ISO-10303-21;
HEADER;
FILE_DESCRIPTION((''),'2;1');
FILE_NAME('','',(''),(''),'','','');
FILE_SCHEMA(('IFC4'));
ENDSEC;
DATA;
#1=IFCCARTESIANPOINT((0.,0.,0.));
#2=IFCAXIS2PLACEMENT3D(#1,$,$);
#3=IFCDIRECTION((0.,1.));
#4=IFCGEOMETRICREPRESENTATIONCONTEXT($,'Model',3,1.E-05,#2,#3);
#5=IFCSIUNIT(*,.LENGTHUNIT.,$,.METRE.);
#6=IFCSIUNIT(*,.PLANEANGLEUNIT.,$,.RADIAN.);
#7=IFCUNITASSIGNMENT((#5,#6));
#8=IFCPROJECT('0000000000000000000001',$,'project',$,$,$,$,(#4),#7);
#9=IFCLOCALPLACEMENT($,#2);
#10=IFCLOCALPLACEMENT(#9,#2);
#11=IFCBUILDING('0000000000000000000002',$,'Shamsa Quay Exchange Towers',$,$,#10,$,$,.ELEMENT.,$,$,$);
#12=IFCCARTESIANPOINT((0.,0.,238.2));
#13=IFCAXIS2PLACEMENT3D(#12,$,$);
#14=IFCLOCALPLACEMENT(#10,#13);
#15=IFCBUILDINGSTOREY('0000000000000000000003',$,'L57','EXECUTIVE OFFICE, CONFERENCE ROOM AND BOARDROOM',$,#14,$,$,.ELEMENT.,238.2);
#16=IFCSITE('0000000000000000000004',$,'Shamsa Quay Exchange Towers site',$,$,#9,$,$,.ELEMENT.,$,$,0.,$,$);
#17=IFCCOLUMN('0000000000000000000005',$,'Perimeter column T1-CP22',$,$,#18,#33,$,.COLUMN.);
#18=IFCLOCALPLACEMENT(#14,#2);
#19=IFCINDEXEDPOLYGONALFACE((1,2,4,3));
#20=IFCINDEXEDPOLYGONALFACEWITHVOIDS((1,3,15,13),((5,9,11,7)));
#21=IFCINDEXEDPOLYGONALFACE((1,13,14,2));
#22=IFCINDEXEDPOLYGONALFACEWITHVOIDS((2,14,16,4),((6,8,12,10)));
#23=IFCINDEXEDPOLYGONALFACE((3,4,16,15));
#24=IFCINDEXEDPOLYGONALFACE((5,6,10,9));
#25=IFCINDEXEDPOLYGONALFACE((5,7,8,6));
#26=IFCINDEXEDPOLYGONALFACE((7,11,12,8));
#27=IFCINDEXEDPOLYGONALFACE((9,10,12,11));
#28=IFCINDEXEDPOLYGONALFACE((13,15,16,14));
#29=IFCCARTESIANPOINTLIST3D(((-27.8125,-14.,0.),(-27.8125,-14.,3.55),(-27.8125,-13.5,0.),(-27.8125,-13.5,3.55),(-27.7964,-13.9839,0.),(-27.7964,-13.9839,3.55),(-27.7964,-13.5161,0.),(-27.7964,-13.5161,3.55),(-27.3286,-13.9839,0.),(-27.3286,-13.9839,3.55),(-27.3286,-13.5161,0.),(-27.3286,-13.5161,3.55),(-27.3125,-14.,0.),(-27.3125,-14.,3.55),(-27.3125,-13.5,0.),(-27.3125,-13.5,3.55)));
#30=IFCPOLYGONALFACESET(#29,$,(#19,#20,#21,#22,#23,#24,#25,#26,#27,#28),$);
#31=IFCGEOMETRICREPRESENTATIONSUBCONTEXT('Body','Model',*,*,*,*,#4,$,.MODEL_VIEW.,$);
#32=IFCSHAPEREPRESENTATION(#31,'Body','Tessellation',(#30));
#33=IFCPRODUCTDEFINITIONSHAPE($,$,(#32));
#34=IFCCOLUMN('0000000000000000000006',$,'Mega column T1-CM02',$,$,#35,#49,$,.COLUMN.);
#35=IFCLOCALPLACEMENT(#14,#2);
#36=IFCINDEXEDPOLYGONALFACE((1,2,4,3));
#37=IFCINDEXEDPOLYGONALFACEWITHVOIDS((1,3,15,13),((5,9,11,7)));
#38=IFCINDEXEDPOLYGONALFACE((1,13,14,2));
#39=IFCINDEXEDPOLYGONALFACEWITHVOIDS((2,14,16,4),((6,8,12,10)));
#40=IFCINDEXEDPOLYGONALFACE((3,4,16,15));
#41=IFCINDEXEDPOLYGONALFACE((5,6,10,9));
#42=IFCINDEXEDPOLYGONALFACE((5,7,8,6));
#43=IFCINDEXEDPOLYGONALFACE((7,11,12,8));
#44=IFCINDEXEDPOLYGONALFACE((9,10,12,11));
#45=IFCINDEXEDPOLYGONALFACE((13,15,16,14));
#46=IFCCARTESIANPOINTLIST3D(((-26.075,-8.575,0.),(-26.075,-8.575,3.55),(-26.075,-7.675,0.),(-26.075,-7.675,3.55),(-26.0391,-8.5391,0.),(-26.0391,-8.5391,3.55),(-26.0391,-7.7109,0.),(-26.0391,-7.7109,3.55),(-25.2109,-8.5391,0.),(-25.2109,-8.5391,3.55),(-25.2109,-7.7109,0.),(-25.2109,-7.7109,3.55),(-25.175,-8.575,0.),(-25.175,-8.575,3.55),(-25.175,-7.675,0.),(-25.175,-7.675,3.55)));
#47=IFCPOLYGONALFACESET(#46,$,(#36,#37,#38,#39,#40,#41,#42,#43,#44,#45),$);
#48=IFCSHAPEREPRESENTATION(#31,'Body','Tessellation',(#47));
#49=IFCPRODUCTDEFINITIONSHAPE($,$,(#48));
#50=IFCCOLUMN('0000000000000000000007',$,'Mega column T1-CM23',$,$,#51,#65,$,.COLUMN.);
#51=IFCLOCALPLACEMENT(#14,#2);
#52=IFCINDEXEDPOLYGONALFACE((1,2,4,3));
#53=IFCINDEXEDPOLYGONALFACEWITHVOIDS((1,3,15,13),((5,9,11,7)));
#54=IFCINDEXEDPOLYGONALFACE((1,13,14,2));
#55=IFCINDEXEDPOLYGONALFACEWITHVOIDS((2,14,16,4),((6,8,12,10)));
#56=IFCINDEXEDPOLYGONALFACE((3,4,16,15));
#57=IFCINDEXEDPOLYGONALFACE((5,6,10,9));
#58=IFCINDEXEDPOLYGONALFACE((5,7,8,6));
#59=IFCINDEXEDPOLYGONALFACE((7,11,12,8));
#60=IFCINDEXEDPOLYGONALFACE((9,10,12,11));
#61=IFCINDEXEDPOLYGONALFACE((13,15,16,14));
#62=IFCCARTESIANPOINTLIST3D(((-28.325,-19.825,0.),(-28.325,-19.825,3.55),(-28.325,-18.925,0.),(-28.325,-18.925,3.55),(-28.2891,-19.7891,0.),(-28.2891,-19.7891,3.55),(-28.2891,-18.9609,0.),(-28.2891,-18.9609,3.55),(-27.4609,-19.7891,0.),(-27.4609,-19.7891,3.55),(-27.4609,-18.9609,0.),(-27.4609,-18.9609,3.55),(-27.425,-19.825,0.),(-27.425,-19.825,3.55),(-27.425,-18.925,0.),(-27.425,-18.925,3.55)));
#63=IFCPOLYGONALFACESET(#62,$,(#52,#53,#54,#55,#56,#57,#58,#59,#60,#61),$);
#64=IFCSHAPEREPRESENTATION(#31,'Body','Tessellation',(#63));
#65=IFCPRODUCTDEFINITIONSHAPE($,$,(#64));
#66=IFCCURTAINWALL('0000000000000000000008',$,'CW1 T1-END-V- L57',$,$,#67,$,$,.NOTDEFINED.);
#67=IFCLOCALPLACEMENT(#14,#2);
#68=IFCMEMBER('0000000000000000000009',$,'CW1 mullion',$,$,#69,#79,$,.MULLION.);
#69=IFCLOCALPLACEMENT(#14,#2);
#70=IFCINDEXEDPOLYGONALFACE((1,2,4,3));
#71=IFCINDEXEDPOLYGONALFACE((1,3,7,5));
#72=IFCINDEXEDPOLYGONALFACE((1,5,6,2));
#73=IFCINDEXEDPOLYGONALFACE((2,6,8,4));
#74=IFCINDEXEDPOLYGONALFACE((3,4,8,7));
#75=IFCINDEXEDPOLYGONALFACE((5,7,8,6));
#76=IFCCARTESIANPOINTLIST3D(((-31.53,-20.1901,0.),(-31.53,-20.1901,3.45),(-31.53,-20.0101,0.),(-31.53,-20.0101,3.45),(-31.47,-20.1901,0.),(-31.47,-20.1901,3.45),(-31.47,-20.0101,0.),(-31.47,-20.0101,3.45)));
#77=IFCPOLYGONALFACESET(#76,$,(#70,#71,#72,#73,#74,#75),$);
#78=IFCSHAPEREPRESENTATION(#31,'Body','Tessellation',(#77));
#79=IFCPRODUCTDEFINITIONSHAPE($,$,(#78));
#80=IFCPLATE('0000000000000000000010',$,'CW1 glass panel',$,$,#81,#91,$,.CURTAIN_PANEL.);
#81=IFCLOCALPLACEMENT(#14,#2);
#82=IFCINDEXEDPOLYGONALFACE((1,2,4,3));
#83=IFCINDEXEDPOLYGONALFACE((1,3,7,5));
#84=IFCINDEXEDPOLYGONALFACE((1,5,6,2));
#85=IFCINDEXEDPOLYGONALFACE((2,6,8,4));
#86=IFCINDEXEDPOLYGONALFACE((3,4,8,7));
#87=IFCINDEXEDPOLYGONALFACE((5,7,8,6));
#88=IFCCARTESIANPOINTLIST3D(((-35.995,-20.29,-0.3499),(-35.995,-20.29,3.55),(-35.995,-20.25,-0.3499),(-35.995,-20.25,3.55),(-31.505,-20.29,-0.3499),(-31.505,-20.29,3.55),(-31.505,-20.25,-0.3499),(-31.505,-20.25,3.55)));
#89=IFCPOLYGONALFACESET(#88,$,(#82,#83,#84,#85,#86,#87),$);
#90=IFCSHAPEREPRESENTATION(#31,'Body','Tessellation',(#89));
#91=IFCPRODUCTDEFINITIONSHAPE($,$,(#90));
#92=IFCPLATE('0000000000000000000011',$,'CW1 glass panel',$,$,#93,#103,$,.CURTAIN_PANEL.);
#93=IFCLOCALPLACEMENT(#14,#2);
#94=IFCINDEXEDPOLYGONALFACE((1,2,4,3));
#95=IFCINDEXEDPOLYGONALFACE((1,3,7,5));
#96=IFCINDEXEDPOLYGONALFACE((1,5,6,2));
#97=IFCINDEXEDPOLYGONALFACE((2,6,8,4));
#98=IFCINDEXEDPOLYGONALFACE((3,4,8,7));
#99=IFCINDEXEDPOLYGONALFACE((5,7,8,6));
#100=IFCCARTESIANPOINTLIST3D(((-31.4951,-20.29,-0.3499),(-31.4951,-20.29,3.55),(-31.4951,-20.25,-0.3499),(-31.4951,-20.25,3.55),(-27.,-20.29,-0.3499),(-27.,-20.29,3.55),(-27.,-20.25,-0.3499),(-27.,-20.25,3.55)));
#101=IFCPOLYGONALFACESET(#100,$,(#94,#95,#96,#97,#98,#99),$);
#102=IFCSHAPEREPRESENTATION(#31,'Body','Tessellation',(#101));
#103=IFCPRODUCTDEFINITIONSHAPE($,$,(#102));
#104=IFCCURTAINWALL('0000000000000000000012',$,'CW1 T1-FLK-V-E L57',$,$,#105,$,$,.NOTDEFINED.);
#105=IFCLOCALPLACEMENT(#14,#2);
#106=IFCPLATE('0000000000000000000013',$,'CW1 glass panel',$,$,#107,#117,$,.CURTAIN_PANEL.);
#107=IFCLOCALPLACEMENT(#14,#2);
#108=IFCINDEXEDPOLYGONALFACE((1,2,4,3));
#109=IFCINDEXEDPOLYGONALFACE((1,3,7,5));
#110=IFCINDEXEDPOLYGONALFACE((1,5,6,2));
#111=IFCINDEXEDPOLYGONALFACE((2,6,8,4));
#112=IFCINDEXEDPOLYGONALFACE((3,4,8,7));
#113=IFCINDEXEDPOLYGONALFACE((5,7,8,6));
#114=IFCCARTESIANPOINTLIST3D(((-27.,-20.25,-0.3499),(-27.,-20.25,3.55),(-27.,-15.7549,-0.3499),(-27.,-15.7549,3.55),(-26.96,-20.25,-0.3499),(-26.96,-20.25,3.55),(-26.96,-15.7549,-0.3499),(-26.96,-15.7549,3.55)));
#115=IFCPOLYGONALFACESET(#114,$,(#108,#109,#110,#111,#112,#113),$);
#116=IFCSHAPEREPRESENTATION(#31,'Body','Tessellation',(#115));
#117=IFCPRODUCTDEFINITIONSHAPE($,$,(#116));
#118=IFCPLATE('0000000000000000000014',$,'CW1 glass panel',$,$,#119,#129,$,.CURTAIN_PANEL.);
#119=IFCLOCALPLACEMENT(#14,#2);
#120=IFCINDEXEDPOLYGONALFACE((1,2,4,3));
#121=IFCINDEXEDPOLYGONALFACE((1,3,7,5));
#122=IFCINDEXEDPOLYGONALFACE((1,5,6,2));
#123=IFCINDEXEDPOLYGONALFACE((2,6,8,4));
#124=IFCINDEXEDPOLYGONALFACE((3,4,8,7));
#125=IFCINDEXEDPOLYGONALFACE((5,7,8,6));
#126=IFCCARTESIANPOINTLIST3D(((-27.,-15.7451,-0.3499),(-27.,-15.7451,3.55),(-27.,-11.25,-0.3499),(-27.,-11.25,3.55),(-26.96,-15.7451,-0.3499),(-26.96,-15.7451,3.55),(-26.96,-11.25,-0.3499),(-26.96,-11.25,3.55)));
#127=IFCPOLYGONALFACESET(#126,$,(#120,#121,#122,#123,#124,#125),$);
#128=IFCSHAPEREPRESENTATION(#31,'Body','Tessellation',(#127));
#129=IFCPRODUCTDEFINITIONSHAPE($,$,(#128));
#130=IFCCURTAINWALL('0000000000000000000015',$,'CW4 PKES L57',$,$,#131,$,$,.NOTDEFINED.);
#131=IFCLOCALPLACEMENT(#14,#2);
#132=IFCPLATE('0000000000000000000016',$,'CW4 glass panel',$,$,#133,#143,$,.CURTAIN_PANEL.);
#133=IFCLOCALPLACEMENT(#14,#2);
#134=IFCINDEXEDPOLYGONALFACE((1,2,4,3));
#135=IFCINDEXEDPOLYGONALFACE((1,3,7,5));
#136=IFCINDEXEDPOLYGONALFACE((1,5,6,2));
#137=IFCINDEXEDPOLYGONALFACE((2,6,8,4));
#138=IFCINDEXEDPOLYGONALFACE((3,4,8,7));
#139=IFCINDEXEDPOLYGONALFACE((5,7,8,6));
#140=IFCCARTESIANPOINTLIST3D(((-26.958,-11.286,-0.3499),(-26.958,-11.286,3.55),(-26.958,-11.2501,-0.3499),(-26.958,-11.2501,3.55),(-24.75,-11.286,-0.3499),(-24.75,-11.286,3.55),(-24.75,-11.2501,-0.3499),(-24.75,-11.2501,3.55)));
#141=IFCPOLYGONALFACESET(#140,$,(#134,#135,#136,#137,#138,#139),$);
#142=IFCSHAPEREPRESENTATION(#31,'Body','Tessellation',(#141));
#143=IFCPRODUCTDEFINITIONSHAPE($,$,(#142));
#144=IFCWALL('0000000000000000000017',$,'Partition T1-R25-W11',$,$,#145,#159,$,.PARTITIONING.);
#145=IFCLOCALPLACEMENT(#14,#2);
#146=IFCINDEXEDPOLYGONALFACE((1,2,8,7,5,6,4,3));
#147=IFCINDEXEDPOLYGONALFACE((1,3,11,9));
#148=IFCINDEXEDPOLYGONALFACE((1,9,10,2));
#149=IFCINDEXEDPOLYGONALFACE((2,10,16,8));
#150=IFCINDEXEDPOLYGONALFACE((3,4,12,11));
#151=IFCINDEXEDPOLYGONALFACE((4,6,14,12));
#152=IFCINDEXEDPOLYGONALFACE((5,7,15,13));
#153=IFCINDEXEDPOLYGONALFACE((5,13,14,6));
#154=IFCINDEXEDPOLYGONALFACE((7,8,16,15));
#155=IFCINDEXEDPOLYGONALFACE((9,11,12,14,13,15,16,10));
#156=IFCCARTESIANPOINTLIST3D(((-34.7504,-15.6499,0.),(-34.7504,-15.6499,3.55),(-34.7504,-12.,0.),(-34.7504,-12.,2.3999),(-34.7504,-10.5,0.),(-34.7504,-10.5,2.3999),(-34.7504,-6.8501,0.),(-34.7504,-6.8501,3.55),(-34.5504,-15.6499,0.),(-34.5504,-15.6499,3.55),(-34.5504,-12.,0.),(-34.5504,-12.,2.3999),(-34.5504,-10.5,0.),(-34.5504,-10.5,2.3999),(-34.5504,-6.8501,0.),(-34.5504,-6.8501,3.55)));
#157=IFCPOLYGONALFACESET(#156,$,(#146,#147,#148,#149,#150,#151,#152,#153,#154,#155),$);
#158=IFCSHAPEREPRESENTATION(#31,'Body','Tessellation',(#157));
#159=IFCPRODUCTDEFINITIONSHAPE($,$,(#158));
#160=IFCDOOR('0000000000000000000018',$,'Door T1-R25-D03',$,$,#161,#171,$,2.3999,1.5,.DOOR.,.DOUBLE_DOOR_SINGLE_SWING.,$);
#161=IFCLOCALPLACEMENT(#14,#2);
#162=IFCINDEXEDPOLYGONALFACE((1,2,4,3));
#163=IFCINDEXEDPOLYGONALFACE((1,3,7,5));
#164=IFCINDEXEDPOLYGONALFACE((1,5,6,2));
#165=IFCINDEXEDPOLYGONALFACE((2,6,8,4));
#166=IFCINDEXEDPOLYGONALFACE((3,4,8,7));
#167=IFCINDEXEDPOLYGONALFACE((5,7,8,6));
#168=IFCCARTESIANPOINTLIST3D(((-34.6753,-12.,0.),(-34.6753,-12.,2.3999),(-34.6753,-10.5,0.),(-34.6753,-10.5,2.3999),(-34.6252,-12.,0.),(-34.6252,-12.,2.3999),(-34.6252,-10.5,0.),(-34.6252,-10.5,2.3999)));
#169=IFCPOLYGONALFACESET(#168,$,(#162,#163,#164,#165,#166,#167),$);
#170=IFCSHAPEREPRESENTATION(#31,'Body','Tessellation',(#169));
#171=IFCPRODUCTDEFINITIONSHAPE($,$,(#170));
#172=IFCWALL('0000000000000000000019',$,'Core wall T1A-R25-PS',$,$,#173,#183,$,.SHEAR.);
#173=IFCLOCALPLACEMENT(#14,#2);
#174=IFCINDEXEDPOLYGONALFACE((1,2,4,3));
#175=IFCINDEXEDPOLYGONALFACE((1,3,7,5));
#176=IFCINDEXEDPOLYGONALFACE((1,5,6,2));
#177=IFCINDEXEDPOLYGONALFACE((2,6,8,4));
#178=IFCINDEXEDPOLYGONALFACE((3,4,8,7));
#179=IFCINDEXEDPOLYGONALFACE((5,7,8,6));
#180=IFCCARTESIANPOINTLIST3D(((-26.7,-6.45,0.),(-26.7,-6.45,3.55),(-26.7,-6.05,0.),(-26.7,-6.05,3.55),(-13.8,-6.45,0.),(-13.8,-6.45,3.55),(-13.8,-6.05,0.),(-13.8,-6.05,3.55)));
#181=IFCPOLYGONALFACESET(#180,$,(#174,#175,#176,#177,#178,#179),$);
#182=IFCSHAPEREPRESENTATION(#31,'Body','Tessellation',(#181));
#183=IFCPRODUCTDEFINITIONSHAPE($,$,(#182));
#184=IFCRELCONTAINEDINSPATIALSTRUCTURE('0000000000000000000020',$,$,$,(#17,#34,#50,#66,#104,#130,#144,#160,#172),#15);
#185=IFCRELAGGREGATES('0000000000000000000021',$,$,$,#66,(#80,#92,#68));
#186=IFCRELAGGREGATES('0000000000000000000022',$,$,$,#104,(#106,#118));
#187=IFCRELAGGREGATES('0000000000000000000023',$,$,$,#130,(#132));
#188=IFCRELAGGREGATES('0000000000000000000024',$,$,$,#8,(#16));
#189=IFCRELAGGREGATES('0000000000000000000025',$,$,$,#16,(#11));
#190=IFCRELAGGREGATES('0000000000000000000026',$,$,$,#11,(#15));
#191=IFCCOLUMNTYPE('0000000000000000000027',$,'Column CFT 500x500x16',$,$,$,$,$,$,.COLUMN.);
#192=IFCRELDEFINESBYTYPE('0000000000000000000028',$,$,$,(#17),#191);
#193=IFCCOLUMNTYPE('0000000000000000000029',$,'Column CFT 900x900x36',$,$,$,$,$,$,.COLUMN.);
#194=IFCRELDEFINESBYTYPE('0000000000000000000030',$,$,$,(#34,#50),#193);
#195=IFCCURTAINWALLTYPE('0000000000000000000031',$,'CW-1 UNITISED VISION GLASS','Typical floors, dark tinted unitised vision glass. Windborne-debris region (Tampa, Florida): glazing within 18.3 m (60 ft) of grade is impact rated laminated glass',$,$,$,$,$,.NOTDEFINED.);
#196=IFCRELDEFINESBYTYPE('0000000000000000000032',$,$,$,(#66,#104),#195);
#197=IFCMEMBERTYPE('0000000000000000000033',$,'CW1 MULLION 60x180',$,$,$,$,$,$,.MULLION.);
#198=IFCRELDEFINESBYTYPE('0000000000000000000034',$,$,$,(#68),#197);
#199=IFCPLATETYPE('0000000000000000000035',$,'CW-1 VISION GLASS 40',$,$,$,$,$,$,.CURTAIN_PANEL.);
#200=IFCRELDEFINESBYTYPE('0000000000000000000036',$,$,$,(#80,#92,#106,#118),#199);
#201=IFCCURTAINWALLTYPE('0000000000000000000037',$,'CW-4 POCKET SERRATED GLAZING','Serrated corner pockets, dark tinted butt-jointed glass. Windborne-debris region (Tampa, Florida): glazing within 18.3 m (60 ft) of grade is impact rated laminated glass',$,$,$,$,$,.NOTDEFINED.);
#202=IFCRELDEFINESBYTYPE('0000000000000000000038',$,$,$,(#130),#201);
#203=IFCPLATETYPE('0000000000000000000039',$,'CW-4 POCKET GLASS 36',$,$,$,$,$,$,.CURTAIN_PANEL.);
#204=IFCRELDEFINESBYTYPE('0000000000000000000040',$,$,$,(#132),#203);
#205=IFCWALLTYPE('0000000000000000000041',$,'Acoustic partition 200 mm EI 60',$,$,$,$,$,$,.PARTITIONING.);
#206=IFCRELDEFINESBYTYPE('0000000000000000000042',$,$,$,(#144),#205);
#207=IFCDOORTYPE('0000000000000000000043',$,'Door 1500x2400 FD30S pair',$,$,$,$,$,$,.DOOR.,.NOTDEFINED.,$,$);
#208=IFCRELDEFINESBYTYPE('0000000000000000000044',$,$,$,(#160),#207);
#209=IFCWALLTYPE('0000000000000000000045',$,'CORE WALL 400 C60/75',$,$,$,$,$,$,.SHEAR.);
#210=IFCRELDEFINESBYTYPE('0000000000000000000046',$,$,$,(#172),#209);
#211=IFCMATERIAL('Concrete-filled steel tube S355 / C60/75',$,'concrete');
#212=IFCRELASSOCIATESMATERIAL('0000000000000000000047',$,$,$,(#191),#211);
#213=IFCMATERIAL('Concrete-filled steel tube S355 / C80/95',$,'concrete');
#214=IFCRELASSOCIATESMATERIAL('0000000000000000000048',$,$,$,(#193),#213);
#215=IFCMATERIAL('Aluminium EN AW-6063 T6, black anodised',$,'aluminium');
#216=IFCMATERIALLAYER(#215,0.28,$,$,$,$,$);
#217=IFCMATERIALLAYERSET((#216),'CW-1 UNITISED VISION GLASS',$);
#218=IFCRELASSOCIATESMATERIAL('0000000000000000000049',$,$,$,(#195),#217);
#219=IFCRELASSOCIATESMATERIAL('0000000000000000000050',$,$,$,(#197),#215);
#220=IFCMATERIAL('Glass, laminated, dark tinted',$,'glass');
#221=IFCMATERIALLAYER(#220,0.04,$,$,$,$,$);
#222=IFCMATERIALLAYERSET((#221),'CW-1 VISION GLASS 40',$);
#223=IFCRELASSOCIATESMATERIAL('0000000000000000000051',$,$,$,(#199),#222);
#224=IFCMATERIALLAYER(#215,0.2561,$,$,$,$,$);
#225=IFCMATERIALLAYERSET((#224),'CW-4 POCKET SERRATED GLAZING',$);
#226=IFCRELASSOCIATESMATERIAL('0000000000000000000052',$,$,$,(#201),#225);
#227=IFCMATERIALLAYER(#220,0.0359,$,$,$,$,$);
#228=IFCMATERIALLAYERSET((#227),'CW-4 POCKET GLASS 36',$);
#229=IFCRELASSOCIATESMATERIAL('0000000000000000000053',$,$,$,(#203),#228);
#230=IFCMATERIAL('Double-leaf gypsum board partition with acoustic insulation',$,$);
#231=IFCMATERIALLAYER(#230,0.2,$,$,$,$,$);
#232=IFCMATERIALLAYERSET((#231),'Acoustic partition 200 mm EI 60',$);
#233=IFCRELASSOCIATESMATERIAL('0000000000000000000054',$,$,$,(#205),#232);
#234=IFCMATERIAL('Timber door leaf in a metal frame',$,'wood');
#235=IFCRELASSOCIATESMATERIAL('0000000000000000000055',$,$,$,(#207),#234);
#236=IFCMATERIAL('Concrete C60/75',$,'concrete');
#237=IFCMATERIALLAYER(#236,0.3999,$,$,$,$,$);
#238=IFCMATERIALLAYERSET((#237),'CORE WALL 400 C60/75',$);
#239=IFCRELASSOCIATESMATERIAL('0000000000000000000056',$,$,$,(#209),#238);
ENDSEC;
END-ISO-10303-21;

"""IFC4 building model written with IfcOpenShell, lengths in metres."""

from ifc_helpers import new_model, si_unit, direction, frame, frame_2d, origin, origin_2d, place, context, subcontext, project, spatial, rectangle, hollow_rectangle, extrude, material, layer, layer_set, material_profile, profile_set, type_object, element, fill, aggregate, save


model = new_model("IFC4")

# Units and contexts
model_context = context("Model", 3, precision=1e-05, world=origin(), true_north=direction((0.0, 1.0)))
body_context = subcontext(model_context, "Body", "Model", "MODEL_VIEW")
ifc_project = project(units=[si_unit("LENGTHUNIT", "METRE"), si_unit("PLANEANGLEUNIT", "RADIAN")], contexts=[model_context])

# Site, building, storey
site_placement = place(None, origin())
site = spatial("IfcSite", under=ifc_project, at=site_placement, Name="Shamsa Quay Exchange Towers site", CompositionType="ELEMENT", RefElevation=0.0)
building_placement = place(site_placement, origin())
building = spatial("IfcBuilding", under=site, at=building_placement, Name="Shamsa Quay Exchange Towers", CompositionType="ELEMENT")
storey_placement = place(building_placement, frame((0.0, 0.0, 238.2)))
storey = spatial("IfcBuildingStorey", under=building, at=storey_placement, Name="L57", Description="EXECUTIVE OFFICE, CONFERENCE ROOM AND BOARDROOM", CompositionType="ELEMENT", Elevation=238.2)

# Columns
ifc_material_1 = material(Name="Concrete-filled steel tube S355 / C60/75", Category="concrete")
ifc_material_profile_1 = material_profile(ifc_material_1, hollow_rectangle(XDim=0.5, YDim=0.5, WallThickness=0.0161, at=origin_2d()), Name="CFT 500x500x16")
ifc_profile_set_1 = profile_set([ifc_material_profile_1], Name="Concrete-filled steel tube S355 / C60/75")
column_type_1 = type_object("IfcColumnType", Name="Column CFT 500x500x16", PredefinedType="COLUMN", material=ifc_profile_set_1)
column_placement = place(storey_placement, frame((-27.5625, -13.75, 0.0)))
element("IfcColumn", 1, at=column_placement, inside=storey, type_object=column_type_1, Name="Perimeter column T1-CP22", PredefinedType="COLUMN", context=body_context, shape_type="SweptSolid", body=[
    extrude(hollow_rectangle(XDim=0.5, YDim=0.5, WallThickness=0.0161, at=origin_2d()), origin(), (0.0, 0.0, 1.0), 3.55),
])
ifc_material_2 = material(Name="Concrete-filled steel tube S355 / C80/95", Category="concrete")
ifc_material_profile_2 = material_profile(ifc_material_2, hollow_rectangle(XDim=0.8999, YDim=0.8999, WallThickness=0.0359, at=origin_2d()), Name="CFT 900x900x36")
ifc_profile_set_2 = profile_set([ifc_material_profile_2], Name="Concrete-filled steel tube S355 / C80/95")
column_type_2 = type_object("IfcColumnType", Name="Column CFT 900x900x36", PredefinedType="COLUMN", material=ifc_profile_set_2)
for number, where, name in (
    (2, (-25.625, -8.125, 0.0), "Mega column T1-CM02"),
    (3, (-27.875, -19.375, 0.0), "Mega column T1-CM23"),
):
    element("IfcColumn", number, at=place(storey_placement, frame(where)), inside=storey, type_object=column_type_2, Name=name, PredefinedType="COLUMN", context=body_context, shape_type="SweptSolid", body=[
        extrude(hollow_rectangle(XDim=0.8999, YDim=0.8999, WallThickness=0.0359, at=origin_2d()), origin(), (0.0, 0.0, 1.0), 3.55),
    ])

# Curtain wall, member, plates
ifc_material_3 = material(Name="Aluminium EN AW-6063 T6, black anodised", Category="aluminium")
ifc_layer_1 = layer(ifc_material_3, 0.28)
ifc_layer_set_1 = layer_set([ifc_layer_1], Name="CW-1 UNITISED VISION GLASS")
curtain_wall_type_1 = type_object("IfcCurtainWallType", Name="CW-1 UNITISED VISION GLASS", Description="Typical floors, dark tinted unitised vision glass. Windborne-debris region (Tampa, Florida): glazing within 18.3 m (60 ft) of grade is impact rated laminated glass", PredefinedType="NOTDEFINED", material=ifc_layer_set_1)
curtain_wall_1_placement = place(storey_placement, origin())
curtain_wall_1 = element("IfcCurtainWall", 4, at=curtain_wall_1_placement, inside=storey, type_object=curtain_wall_type_1, Name="CW1 T1-END-V- L57", PredefinedType="NOTDEFINED")
ifc_material_profile_3 = material_profile(ifc_material_3, rectangle(XDim=0.1799, YDim=0.0601, at=origin_2d()), Name="MU60x180")
ifc_profile_set_3 = profile_set([ifc_material_profile_3], Name="Aluminium EN AW-6063 T6, black anodised")
member_type = type_object("IfcMemberType", Name="CW1 MULLION 60x180", PredefinedType="MULLION", material=ifc_profile_set_3)
member_placement = place(storey_placement, frame((-31.5, -20.1001, 0.0), z_axis=(0.0, 0.0, 1.0), x_axis=(0.0, 1.0, 0.0)))
member = element("IfcMember", 5, at=member_placement, type_object=member_type, Name="CW1 mullion", PredefinedType="MULLION", context=body_context, shape_type="SweptSolid", body=[
    extrude(rectangle(XDim=0.1799, YDim=0.0601, at=origin_2d()), origin(), (0.0, 0.0, 1.0), 3.45),
])
ifc_material_4 = material(Name="Glass, laminated, dark tinted", Category="glass")
ifc_layer_2 = layer(ifc_material_4, 0.04)
ifc_layer_set_2 = layer_set([ifc_layer_2], Name="CW-1 VISION GLASS 40")
plate_type_1 = type_object("IfcPlateType", Name="CW-1 VISION GLASS 40", PredefinedType="CURTAIN_PANEL", material=ifc_layer_set_2)
plate_1_placement = place(storey_placement, frame((-33.75, -20.27, -0.3499)))
plate_1 = element("IfcPlate", 6, at=plate_1_placement, type_object=plate_type_1, Name="CW1 glass panel", PredefinedType="CURTAIN_PANEL", context=body_context, shape_type="SweptSolid", body=[
    extrude(rectangle(XDim=4.49, YDim=0.04, at=origin_2d()), origin(), (0.0, 0.0, 1.0), 3.8999),
])
plate_2_placement = place(storey_placement, frame((-29.2476, -20.27, -0.3499)))
plate_2 = element("IfcPlate", 7, at=plate_2_placement, type_object=plate_type_1, Name="CW1 glass panel", PredefinedType="CURTAIN_PANEL", context=body_context, shape_type="SweptSolid", body=[
    extrude(rectangle(XDim=4.4951, YDim=0.04, at=origin_2d()), origin(), (0.0, 0.0, 1.0), 3.8999),
])
aggregate(curtain_wall_1, [plate_1, plate_2, member])

# Curtain wall, plates
curtain_wall_2_placement = place(storey_placement, origin())
curtain_wall_2 = element("IfcCurtainWall", 8, at=curtain_wall_2_placement, inside=storey, type_object=curtain_wall_type_1, Name="CW1 T1-FLK-V-E L57", PredefinedType="NOTDEFINED")
plate_3_placement = place(storey_placement, frame((-26.98, -18.0024, -0.3499), z_axis=(0.0, 0.0, 1.0), x_axis=(0.0, 1.0, 0.0)))
plate_3 = element("IfcPlate", 9, at=plate_3_placement, type_object=plate_type_1, Name="CW1 glass panel", PredefinedType="CURTAIN_PANEL", context=body_context, shape_type="SweptSolid", body=[
    extrude(rectangle(XDim=4.4951, YDim=0.04, at=origin_2d()), origin(), (0.0, 0.0, 1.0), 3.8999),
])
plate_4_placement = place(storey_placement, frame((-26.98, -13.4976, -0.3499), z_axis=(0.0, 0.0, 1.0), x_axis=(0.0, 1.0, 0.0)))
plate_4 = element("IfcPlate", 10, at=plate_4_placement, type_object=plate_type_1, Name="CW1 glass panel", PredefinedType="CURTAIN_PANEL", context=body_context, shape_type="SweptSolid", body=[
    extrude(rectangle(XDim=4.4951, YDim=0.04, at=origin_2d()), origin(), (0.0, 0.0, 1.0), 3.8999),
])
aggregate(curtain_wall_2, [plate_3, plate_4])

# Curtain wall, plate
ifc_layer_3 = layer(ifc_material_3, 0.2561)
ifc_layer_set_3 = layer_set([ifc_layer_3], Name="CW-4 POCKET SERRATED GLAZING")
curtain_wall_type_2 = type_object("IfcCurtainWallType", Name="CW-4 POCKET SERRATED GLAZING", Description="Serrated corner pockets, dark tinted butt-jointed glass. Windborne-debris region (Tampa, Florida): glazing within 18.3 m (60 ft) of grade is impact rated laminated glass", PredefinedType="NOTDEFINED", material=ifc_layer_set_3)
curtain_wall_3_placement = place(storey_placement, origin())
curtain_wall_3 = element("IfcCurtainWall", 11, at=curtain_wall_3_placement, inside=storey, type_object=curtain_wall_type_2, Name="CW4 PKES L57", PredefinedType="NOTDEFINED")
ifc_layer_4 = layer(ifc_material_4, 0.0359)
ifc_layer_set_4 = layer_set([ifc_layer_4], Name="CW-4 POCKET GLASS 36")
plate_type_2 = type_object("IfcPlateType", Name="CW-4 POCKET GLASS 36", PredefinedType="CURTAIN_PANEL", material=ifc_layer_set_4)
plate_5_placement = place(storey_placement, frame((-25.854, -11.2681, -0.3499)))
plate_5 = element("IfcPlate", 12, at=plate_5_placement, type_object=plate_type_2, Name="CW4 glass panel", PredefinedType="CURTAIN_PANEL", context=body_context, shape_type="SweptSolid", body=[
    extrude(rectangle(XDim=2.208, YDim=0.0359, at=origin_2d()), origin(), (0.0, 0.0, 1.0), 3.8999),
])
aggregate(curtain_wall_3, [plate_5])

# Wall, opening, door
ifc_material_5 = material(Name="Double-leaf gypsum board partition with acoustic insulation")
ifc_layer_5 = layer(ifc_material_5, 0.2)
ifc_layer_set_5 = layer_set([ifc_layer_5], Name="Acoustic partition 200 mm EI 60")
wall_type_1 = type_object("IfcWallType", Name="Acoustic partition 200 mm EI 60", PredefinedType="PARTITIONING", material=ifc_layer_set_5)
wall_1_placement = place(storey_placement, frame((-34.6504, -15.6499, 0.0), z_axis=(0.0, 0.0, 1.0), x_axis=(0.0, 1.0, 0.0)))
wall_1 = element("IfcWall", 13, at=wall_1_placement, inside=storey, type_object=wall_type_1, Name="Partition T1-R25-W11", PredefinedType="PARTITIONING", context=body_context, shape_type="SweptSolid", body=[
    extrude(rectangle(XDim=8.7998, YDim=0.2, at=frame_2d((4.3999, 0.0))), origin(), (0.0, 0.0, 1.0), 3.55),
])
opening_1_placement = place(wall_1_placement, frame((3.6499, 0.0, 0.0)))
opening_1 = element("IfcOpeningElement", 14, at=opening_1_placement, cuts=wall_1, PredefinedType="OPENING", context=body_context, shape_type="SweptSolid", body=[
    extrude(rectangle(XDim=1.5, YDim=2.3999, at=frame_2d((0.75, 1.2))), frame((0.0, 0.1099, 0.0), z_axis=(0.0, -1.0, 0.0), x_axis=(1.0, 0.0, 0.0)), (0.0, 0.0, 1.0), 0.22),
])
ifc_material_6 = material(Name="Timber door leaf in a metal frame", Category="wood")
door_type_1 = type_object("IfcDoorType", Name="Door 1500x2400 FD30S pair", OperationType="NOTDEFINED", PredefinedType="DOOR", material=ifc_material_6)
door_1_placement = place(opening_1_placement, origin())
door_1 = element("IfcDoor", 15, at=door_1_placement, inside=storey, type_object=door_type_1, Name="Door T1-R25-D03", OperationType="DOUBLE_DOOR_SINGLE_SWING", OverallHeight=2.3999, OverallWidth=1.5, PredefinedType="DOOR", context=body_context, shape_type="SweptSolid", body=[
    extrude(rectangle(XDim=1.5, YDim=2.3999, at=frame_2d((0.75, 1.2))), frame((0.0, 0.0249, 0.0), z_axis=(0.0, -1.0, 0.0), x_axis=(1.0, 0.0, 0.0)), (0.0, 0.0, 1.0), 0.05),
])
fill(opening_1, door_1)

# Wall
ifc_material_7 = material(Name="Concrete C60/75", Category="concrete")
ifc_layer_6 = layer(ifc_material_7, 0.3999)
ifc_layer_set_6 = layer_set([ifc_layer_6], Name="CORE WALL 400 C60/75")
wall_type_2 = type_object("IfcWallType", Name="CORE WALL 400 C60/75", PredefinedType="SHEAR", material=ifc_layer_set_6)
wall_2_placement = place(storey_placement, frame((-26.7, -6.25, 0.0)))
element("IfcWall", 16, at=wall_2_placement, inside=storey, type_object=wall_type_2, Name="Core wall T1A-R25-PS", PredefinedType="SHEAR", context=body_context, shape_type="SweptSolid", body=[
    extrude(rectangle(XDim=12.8999, YDim=0.3999, at=frame_2d((6.45, 0.0))), origin(), (0.0, 0.0, 1.0), 3.55),
])

save(model, "model.ifc")
